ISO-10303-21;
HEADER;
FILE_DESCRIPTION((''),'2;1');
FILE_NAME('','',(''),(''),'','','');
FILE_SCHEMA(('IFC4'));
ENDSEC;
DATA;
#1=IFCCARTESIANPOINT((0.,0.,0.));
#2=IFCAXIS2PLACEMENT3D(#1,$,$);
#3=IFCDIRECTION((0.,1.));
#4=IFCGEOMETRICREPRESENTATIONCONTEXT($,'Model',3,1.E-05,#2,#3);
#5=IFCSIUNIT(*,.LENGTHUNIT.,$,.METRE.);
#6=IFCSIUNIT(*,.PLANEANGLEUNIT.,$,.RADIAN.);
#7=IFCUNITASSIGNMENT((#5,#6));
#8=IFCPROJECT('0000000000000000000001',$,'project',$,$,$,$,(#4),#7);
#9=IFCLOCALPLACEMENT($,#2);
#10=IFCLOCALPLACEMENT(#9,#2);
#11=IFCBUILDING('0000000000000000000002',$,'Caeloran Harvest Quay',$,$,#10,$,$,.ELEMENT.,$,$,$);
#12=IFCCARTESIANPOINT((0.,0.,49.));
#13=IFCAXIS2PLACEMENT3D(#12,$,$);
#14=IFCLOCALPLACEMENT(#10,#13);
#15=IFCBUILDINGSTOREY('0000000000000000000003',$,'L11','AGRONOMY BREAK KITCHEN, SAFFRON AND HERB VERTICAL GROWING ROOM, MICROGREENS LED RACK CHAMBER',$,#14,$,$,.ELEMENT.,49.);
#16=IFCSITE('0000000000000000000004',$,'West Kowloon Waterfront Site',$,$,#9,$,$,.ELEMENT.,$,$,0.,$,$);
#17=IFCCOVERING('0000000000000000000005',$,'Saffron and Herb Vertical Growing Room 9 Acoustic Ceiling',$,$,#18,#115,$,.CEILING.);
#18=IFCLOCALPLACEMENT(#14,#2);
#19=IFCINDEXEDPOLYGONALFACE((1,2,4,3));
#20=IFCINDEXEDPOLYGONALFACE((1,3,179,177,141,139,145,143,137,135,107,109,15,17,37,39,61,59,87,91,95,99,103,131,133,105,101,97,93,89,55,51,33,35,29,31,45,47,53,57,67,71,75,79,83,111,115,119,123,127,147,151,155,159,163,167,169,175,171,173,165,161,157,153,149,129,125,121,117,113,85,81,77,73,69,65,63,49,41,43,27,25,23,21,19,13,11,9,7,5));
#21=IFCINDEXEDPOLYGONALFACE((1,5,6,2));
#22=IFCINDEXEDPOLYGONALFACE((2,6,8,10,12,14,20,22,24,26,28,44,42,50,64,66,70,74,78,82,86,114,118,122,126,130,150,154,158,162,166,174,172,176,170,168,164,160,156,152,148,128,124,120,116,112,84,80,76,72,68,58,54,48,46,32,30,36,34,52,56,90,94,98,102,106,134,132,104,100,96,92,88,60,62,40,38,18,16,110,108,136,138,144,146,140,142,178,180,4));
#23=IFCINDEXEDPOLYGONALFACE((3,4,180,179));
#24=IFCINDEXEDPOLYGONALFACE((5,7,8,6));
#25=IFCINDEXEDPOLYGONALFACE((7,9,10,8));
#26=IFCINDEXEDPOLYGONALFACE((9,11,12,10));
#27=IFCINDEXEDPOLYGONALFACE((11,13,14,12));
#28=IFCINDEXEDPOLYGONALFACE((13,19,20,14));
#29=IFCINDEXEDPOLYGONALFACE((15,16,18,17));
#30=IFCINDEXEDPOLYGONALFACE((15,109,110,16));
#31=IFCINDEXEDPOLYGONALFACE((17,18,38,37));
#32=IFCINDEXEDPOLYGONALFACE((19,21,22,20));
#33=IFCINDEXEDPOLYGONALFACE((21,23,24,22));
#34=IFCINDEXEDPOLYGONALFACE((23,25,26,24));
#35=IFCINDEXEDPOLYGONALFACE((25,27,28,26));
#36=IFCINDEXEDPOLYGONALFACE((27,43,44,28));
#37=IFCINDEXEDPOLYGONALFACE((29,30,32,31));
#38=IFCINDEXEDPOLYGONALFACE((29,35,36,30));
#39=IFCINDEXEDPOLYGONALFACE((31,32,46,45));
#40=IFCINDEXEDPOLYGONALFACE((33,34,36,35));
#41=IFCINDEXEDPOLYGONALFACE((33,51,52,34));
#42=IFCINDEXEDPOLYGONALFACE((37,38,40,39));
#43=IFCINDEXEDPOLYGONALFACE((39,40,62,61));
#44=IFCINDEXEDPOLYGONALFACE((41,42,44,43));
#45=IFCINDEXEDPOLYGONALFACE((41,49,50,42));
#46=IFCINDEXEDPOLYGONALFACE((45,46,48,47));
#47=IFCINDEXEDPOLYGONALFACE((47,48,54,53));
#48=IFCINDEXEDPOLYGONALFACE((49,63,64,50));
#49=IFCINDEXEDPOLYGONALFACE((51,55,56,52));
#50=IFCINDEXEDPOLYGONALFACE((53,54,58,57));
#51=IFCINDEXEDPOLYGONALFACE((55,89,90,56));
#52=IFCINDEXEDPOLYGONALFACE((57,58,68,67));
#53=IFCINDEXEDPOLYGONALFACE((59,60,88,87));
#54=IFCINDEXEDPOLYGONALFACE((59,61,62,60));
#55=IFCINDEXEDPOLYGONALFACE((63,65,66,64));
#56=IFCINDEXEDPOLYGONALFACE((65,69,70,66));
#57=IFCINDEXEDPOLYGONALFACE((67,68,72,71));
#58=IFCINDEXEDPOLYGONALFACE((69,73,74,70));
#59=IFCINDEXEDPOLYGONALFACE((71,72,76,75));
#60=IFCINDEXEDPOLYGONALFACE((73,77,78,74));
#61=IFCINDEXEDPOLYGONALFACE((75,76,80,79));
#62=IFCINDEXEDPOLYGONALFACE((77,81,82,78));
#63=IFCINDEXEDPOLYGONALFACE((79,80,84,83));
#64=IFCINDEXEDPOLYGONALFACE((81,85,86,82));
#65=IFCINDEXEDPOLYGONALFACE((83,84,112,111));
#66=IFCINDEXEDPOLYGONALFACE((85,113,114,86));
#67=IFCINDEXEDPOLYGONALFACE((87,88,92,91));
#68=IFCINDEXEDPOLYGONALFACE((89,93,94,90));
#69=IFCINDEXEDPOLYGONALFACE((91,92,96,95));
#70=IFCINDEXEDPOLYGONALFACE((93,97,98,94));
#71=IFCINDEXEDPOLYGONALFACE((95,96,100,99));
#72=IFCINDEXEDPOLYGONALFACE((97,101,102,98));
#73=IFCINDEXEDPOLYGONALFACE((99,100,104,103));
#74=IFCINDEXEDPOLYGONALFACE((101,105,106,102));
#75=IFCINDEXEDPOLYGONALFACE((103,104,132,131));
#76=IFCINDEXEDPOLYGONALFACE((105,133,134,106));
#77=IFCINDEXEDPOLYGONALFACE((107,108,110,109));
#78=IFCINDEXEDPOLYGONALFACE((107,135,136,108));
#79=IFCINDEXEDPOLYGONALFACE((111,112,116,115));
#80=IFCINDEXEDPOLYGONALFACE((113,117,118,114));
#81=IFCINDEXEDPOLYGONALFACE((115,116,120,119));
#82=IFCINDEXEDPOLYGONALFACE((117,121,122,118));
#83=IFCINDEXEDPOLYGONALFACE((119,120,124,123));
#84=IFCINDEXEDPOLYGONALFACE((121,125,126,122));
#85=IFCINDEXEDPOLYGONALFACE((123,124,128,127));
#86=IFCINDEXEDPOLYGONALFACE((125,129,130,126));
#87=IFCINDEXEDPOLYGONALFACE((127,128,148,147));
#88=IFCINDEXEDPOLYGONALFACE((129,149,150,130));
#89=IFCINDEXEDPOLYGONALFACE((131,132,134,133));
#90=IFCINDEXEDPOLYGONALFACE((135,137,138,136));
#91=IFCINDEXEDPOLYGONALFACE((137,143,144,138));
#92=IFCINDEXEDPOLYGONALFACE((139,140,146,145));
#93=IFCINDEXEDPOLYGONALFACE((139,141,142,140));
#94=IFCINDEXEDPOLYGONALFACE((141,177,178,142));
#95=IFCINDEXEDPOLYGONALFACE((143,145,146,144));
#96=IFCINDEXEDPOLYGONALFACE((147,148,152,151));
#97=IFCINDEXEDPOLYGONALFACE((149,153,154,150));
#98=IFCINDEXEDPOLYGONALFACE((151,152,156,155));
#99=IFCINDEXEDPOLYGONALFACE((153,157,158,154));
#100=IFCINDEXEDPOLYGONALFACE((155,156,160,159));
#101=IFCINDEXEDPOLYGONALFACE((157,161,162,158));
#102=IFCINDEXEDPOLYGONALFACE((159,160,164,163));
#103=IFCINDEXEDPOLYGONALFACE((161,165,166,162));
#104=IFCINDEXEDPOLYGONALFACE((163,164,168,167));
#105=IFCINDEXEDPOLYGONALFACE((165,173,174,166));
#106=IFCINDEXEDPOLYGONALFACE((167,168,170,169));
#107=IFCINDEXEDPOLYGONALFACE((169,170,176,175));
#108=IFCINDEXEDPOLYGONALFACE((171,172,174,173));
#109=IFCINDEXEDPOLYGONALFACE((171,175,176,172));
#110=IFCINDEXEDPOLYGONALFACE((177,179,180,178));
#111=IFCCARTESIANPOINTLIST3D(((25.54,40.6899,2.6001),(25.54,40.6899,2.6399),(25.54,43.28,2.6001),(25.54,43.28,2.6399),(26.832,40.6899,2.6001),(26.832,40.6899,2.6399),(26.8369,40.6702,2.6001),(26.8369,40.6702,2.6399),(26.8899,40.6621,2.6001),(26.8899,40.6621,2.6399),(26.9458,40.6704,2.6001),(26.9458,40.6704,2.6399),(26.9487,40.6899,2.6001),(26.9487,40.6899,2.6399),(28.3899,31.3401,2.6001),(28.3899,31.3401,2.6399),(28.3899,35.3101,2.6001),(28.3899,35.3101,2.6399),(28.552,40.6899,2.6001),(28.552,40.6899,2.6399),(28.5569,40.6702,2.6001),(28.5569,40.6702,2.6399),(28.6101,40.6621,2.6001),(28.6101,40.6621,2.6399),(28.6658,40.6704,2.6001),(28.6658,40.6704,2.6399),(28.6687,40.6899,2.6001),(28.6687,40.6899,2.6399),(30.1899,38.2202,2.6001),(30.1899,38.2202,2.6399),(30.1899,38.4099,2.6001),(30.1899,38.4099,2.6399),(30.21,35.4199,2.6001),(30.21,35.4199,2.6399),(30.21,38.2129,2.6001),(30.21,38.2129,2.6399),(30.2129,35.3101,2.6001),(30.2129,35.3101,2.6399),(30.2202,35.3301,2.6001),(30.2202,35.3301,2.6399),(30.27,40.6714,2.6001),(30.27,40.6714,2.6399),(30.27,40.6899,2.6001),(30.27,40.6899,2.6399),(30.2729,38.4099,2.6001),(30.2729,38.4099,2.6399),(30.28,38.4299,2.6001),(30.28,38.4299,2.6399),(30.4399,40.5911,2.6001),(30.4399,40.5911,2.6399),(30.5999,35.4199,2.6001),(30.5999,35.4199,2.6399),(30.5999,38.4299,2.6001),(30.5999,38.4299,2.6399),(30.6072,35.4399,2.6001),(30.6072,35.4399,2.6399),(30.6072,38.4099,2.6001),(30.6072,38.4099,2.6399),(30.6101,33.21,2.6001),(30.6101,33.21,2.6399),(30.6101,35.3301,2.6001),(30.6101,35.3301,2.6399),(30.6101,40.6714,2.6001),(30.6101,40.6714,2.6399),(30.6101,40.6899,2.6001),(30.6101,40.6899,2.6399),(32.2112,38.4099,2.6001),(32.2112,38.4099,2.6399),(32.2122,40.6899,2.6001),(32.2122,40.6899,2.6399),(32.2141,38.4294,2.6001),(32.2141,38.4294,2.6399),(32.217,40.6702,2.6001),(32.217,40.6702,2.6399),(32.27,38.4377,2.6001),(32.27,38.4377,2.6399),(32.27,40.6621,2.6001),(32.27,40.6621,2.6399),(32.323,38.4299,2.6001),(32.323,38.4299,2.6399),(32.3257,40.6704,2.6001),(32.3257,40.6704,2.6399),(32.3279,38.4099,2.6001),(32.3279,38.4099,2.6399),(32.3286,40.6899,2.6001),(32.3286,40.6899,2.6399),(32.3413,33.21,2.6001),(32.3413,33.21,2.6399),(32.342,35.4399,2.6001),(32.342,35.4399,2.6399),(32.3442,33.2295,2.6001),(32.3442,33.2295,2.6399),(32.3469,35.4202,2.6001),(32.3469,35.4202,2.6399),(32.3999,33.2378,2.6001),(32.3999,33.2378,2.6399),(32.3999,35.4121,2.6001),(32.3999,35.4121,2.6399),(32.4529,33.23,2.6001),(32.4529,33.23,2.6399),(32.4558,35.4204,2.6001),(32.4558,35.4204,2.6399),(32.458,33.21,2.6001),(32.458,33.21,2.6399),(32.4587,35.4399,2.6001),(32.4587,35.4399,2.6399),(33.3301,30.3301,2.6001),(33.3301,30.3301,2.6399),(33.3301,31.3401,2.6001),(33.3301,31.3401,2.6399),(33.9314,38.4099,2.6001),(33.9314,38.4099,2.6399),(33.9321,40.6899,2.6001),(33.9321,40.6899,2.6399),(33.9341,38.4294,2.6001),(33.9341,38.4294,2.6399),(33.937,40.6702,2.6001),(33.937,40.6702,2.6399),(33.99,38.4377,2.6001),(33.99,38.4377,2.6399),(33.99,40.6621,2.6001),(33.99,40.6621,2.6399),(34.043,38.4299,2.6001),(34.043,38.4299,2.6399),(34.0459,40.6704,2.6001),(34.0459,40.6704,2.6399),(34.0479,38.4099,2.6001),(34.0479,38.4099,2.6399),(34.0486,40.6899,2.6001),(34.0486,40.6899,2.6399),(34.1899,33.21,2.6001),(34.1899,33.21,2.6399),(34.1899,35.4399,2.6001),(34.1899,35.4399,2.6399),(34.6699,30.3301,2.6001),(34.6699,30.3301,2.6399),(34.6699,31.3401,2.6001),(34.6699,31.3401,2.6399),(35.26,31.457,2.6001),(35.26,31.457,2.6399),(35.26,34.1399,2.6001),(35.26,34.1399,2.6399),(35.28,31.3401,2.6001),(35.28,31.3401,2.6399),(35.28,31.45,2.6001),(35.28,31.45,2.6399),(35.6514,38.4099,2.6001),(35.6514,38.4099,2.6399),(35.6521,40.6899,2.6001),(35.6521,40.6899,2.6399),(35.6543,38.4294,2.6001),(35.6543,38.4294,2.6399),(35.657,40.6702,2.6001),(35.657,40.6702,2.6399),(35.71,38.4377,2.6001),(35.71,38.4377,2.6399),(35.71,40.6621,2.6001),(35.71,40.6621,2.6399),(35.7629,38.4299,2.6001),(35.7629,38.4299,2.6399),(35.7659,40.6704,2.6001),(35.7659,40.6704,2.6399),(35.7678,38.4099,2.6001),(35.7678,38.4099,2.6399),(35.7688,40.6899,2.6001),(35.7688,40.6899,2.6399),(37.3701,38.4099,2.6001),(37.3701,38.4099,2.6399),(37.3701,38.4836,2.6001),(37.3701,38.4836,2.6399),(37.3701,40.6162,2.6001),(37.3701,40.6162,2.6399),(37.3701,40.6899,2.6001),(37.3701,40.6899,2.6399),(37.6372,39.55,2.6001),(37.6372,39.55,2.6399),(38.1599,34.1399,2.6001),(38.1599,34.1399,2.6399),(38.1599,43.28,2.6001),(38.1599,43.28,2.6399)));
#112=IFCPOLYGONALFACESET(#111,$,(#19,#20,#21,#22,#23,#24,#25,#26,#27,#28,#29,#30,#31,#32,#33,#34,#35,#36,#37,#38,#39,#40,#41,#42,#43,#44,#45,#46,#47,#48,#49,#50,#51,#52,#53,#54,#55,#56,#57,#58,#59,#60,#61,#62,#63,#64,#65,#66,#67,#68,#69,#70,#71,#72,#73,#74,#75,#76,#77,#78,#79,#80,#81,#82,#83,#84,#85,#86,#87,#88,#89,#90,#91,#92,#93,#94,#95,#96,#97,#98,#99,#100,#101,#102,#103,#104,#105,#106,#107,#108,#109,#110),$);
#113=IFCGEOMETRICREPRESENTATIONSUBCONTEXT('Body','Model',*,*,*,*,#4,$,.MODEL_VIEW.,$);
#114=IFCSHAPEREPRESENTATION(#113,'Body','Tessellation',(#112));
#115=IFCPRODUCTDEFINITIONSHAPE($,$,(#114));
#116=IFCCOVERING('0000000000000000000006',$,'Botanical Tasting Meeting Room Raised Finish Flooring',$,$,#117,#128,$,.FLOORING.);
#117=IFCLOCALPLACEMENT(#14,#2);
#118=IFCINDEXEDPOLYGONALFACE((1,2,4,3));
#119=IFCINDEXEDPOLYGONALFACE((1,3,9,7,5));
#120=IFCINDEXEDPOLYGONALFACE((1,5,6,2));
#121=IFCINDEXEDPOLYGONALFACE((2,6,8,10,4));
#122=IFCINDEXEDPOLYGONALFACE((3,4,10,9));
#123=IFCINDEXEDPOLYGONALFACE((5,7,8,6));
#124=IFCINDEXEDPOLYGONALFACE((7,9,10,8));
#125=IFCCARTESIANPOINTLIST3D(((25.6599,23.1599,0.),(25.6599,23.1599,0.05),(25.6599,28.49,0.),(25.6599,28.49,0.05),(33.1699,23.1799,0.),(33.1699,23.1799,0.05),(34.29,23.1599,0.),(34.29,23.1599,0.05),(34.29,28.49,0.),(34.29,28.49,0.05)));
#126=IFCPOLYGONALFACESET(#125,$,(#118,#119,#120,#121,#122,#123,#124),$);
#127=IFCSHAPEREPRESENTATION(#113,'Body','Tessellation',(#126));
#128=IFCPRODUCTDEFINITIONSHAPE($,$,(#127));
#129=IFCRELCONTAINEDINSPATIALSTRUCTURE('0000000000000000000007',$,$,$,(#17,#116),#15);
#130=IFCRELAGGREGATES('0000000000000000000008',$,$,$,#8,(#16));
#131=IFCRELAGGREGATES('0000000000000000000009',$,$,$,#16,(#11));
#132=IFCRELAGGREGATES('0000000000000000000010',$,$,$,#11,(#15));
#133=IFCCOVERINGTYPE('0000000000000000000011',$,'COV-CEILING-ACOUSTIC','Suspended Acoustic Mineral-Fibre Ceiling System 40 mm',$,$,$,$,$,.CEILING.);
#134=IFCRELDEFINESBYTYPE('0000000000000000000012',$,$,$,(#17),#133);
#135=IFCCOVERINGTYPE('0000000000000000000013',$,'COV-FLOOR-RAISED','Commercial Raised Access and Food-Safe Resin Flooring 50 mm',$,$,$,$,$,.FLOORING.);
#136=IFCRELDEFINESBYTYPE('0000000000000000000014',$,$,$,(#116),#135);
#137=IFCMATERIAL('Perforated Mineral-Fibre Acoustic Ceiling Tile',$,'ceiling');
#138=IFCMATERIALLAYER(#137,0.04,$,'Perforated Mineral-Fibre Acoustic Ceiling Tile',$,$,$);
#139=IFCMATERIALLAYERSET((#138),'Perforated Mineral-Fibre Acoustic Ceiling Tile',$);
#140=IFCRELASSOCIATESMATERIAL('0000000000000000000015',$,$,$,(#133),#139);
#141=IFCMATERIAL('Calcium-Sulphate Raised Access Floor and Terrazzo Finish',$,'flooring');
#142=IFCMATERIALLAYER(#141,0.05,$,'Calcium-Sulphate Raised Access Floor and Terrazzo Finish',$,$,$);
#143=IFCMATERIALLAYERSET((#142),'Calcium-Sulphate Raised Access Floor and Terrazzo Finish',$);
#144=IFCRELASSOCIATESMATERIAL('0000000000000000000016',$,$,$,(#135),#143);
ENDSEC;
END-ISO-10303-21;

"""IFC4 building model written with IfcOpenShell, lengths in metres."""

from ifc_helpers import new_model, si_unit, direction, frame, origin, place, context, subcontext, project, spatial, polyline, outline, extrude, material, layer, layer_set, type_object, element, save


model = new_model("IFC4")

# Units and contexts
model_context = context("Model", 3, precision=1e-05, world=origin(), true_north=direction((0.0, 1.0)))
body_context = subcontext(model_context, "Body", "Model", "MODEL_VIEW")
ifc_project = project(units=[si_unit("LENGTHUNIT", "METRE"), si_unit("PLANEANGLEUNIT", "RADIAN")], contexts=[model_context])

# Site, building, storey
site_placement = place(None, origin())
site = spatial("IfcSite", under=ifc_project, at=site_placement, Name="West Kowloon Waterfront Site", CompositionType="ELEMENT", RefElevation=0.0)
building_placement = place(site_placement, origin())
building = spatial("IfcBuilding", under=site, at=building_placement, Name="Caeloran Harvest Quay", CompositionType="ELEMENT")
storey_placement = place(building_placement, frame((0.0, 0.0, 49.0)))
storey = spatial("IfcBuildingStorey", under=building, at=storey_placement, Name="L11", Description="AGRONOMY BREAK KITCHEN, SAFFRON AND HERB VERTICAL GROWING ROOM, MICROGREENS LED RACK CHAMBER", CompositionType="ELEMENT", Elevation=49.0)

# Coverings
ifc_material_1 = material(Name="Perforated Mineral-Fibre Acoustic Ceiling Tile", Category="ceiling")
ifc_layer_1 = layer(ifc_material_1, 0.04, Name="Perforated Mineral-Fibre Acoustic Ceiling Tile")
ifc_layer_set_1 = layer_set([ifc_layer_1], Name="Perforated Mineral-Fibre Acoustic Ceiling Tile")
covering_type_1 = type_object("IfcCoveringType", Name="COV-CEILING-ACOUSTIC", Description="Suspended Acoustic Mineral-Fibre Ceiling System 40 mm", PredefinedType="CEILING", material=ifc_layer_set_1)
covering_1_placement = place(storey_placement, frame((0.0, 0.0, 2.6001)))
element("IfcCovering", 1, at=covering_1_placement, inside=storey, type_object=covering_type_1, Name="Saffron and Herb Vertical Growing Room 9 Acoustic Ceiling", PredefinedType="CEILING", context=body_context, shape_type="SweptSolid", body=[
    extrude(outline(polyline([(34.6699, 30.3301), (33.3301, 30.3301), (33.3301, 31.3401), (28.3899, 31.3401), (28.3899, 35.3101), (30.2129, 35.3101), (30.2202, 35.3301), (30.6101, 35.3301), (30.6101, 33.21), (32.3413, 33.21), (32.3442, 33.2295), (32.3999, 33.2378), (32.4529, 33.23), (32.458, 33.21), (34.1899, 33.21), (34.1899, 35.4399), (32.4587, 35.4399), (32.4558, 35.4204), (32.3999, 35.4121), (32.3469, 35.4202), (32.342, 35.4399), (30.6072, 35.4399), (30.5999, 35.4199), (30.21, 35.4199), (30.21, 38.2129), (30.1899, 38.2202), (30.1899, 38.4099), (30.2729, 38.4099), (30.28, 38.4299), (30.5999, 38.4299), (30.6072, 38.4099), (32.2112, 38.4099), (32.2141, 38.4294), (32.27, 38.4377), (32.323, 38.4299), (32.3279, 38.4099), (33.9314, 38.4099), (33.9341, 38.4294), (33.99, 38.4377), (34.043, 38.4299), (34.0479, 38.4099), (35.6514, 38.4099), (35.6543, 38.4294), (35.71, 38.4377), (35.7629, 38.4299), (35.7678, 38.4099), (37.3701, 38.4099), (37.3701, 38.4836), (37.6372, 39.55), (37.3701, 40.6162), (37.3701, 40.6899), (35.7688, 40.6899), (35.7659, 40.6704), (35.71, 40.6621), (35.657, 40.6702), (35.6521, 40.6899), (34.0486, 40.6899), (34.0459, 40.6704), (33.99, 40.6621), (33.937, 40.6702), (33.9321, 40.6899), (32.3286, 40.6899), (32.3257, 40.6704), (32.27, 40.6621), (32.217, 40.6702), (32.2122, 40.6899), (30.6101, 40.6899), (30.6101, 40.6714), (30.4399, 40.5911), (30.27, 40.6714), (30.27, 40.6899), (28.6687, 40.6899), (28.6658, 40.6704), (28.6101, 40.6621), (28.5569, 40.6702), (28.552, 40.6899), (26.9487, 40.6899), (26.9458, 40.6704), (26.8899, 40.6621), (26.8369, 40.6702), (26.832, 40.6899), (25.54, 40.6899), (25.54, 43.28), (38.1599, 43.28), (38.1599, 34.1399), (35.26, 34.1399), (35.26, 31.457), (35.28, 31.45), (35.28, 31.3401), (34.6699, 31.3401), (34.6699, 30.3301)])), origin(), (0.0, 0.0, 1.0), 0.0398),
])
ifc_material_2 = material(Name="Calcium-Sulphate Raised Access Floor and Terrazzo Finish", Category="flooring")
ifc_layer_2 = layer(ifc_material_2, 0.05, Name="Calcium-Sulphate Raised Access Floor and Terrazzo Finish")
ifc_layer_set_2 = layer_set([ifc_layer_2], Name="Calcium-Sulphate Raised Access Floor and Terrazzo Finish")
covering_type_2 = type_object("IfcCoveringType", Name="COV-FLOOR-RAISED", Description="Commercial Raised Access and Food-Safe Resin Flooring 50 mm", PredefinedType="FLOORING", material=ifc_layer_set_2)
covering_2_placement = place(storey_placement, origin())
element("IfcCovering", 2, at=covering_2_placement, inside=storey, type_object=covering_type_2, Name="Botanical Tasting Meeting Room Raised Finish Flooring", PredefinedType="FLOORING", context=body_context, shape_type="SweptSolid", body=[
    extrude(outline(polyline([(33.1699, 23.1799), (25.6599, 23.1599), (25.6599, 28.49), (34.29, 28.49), (34.29, 23.1599), (33.1699, 23.1799)])), origin(), (0.0, 0.0, 1.0), 0.05),
])

save(model, "model.ifc")
